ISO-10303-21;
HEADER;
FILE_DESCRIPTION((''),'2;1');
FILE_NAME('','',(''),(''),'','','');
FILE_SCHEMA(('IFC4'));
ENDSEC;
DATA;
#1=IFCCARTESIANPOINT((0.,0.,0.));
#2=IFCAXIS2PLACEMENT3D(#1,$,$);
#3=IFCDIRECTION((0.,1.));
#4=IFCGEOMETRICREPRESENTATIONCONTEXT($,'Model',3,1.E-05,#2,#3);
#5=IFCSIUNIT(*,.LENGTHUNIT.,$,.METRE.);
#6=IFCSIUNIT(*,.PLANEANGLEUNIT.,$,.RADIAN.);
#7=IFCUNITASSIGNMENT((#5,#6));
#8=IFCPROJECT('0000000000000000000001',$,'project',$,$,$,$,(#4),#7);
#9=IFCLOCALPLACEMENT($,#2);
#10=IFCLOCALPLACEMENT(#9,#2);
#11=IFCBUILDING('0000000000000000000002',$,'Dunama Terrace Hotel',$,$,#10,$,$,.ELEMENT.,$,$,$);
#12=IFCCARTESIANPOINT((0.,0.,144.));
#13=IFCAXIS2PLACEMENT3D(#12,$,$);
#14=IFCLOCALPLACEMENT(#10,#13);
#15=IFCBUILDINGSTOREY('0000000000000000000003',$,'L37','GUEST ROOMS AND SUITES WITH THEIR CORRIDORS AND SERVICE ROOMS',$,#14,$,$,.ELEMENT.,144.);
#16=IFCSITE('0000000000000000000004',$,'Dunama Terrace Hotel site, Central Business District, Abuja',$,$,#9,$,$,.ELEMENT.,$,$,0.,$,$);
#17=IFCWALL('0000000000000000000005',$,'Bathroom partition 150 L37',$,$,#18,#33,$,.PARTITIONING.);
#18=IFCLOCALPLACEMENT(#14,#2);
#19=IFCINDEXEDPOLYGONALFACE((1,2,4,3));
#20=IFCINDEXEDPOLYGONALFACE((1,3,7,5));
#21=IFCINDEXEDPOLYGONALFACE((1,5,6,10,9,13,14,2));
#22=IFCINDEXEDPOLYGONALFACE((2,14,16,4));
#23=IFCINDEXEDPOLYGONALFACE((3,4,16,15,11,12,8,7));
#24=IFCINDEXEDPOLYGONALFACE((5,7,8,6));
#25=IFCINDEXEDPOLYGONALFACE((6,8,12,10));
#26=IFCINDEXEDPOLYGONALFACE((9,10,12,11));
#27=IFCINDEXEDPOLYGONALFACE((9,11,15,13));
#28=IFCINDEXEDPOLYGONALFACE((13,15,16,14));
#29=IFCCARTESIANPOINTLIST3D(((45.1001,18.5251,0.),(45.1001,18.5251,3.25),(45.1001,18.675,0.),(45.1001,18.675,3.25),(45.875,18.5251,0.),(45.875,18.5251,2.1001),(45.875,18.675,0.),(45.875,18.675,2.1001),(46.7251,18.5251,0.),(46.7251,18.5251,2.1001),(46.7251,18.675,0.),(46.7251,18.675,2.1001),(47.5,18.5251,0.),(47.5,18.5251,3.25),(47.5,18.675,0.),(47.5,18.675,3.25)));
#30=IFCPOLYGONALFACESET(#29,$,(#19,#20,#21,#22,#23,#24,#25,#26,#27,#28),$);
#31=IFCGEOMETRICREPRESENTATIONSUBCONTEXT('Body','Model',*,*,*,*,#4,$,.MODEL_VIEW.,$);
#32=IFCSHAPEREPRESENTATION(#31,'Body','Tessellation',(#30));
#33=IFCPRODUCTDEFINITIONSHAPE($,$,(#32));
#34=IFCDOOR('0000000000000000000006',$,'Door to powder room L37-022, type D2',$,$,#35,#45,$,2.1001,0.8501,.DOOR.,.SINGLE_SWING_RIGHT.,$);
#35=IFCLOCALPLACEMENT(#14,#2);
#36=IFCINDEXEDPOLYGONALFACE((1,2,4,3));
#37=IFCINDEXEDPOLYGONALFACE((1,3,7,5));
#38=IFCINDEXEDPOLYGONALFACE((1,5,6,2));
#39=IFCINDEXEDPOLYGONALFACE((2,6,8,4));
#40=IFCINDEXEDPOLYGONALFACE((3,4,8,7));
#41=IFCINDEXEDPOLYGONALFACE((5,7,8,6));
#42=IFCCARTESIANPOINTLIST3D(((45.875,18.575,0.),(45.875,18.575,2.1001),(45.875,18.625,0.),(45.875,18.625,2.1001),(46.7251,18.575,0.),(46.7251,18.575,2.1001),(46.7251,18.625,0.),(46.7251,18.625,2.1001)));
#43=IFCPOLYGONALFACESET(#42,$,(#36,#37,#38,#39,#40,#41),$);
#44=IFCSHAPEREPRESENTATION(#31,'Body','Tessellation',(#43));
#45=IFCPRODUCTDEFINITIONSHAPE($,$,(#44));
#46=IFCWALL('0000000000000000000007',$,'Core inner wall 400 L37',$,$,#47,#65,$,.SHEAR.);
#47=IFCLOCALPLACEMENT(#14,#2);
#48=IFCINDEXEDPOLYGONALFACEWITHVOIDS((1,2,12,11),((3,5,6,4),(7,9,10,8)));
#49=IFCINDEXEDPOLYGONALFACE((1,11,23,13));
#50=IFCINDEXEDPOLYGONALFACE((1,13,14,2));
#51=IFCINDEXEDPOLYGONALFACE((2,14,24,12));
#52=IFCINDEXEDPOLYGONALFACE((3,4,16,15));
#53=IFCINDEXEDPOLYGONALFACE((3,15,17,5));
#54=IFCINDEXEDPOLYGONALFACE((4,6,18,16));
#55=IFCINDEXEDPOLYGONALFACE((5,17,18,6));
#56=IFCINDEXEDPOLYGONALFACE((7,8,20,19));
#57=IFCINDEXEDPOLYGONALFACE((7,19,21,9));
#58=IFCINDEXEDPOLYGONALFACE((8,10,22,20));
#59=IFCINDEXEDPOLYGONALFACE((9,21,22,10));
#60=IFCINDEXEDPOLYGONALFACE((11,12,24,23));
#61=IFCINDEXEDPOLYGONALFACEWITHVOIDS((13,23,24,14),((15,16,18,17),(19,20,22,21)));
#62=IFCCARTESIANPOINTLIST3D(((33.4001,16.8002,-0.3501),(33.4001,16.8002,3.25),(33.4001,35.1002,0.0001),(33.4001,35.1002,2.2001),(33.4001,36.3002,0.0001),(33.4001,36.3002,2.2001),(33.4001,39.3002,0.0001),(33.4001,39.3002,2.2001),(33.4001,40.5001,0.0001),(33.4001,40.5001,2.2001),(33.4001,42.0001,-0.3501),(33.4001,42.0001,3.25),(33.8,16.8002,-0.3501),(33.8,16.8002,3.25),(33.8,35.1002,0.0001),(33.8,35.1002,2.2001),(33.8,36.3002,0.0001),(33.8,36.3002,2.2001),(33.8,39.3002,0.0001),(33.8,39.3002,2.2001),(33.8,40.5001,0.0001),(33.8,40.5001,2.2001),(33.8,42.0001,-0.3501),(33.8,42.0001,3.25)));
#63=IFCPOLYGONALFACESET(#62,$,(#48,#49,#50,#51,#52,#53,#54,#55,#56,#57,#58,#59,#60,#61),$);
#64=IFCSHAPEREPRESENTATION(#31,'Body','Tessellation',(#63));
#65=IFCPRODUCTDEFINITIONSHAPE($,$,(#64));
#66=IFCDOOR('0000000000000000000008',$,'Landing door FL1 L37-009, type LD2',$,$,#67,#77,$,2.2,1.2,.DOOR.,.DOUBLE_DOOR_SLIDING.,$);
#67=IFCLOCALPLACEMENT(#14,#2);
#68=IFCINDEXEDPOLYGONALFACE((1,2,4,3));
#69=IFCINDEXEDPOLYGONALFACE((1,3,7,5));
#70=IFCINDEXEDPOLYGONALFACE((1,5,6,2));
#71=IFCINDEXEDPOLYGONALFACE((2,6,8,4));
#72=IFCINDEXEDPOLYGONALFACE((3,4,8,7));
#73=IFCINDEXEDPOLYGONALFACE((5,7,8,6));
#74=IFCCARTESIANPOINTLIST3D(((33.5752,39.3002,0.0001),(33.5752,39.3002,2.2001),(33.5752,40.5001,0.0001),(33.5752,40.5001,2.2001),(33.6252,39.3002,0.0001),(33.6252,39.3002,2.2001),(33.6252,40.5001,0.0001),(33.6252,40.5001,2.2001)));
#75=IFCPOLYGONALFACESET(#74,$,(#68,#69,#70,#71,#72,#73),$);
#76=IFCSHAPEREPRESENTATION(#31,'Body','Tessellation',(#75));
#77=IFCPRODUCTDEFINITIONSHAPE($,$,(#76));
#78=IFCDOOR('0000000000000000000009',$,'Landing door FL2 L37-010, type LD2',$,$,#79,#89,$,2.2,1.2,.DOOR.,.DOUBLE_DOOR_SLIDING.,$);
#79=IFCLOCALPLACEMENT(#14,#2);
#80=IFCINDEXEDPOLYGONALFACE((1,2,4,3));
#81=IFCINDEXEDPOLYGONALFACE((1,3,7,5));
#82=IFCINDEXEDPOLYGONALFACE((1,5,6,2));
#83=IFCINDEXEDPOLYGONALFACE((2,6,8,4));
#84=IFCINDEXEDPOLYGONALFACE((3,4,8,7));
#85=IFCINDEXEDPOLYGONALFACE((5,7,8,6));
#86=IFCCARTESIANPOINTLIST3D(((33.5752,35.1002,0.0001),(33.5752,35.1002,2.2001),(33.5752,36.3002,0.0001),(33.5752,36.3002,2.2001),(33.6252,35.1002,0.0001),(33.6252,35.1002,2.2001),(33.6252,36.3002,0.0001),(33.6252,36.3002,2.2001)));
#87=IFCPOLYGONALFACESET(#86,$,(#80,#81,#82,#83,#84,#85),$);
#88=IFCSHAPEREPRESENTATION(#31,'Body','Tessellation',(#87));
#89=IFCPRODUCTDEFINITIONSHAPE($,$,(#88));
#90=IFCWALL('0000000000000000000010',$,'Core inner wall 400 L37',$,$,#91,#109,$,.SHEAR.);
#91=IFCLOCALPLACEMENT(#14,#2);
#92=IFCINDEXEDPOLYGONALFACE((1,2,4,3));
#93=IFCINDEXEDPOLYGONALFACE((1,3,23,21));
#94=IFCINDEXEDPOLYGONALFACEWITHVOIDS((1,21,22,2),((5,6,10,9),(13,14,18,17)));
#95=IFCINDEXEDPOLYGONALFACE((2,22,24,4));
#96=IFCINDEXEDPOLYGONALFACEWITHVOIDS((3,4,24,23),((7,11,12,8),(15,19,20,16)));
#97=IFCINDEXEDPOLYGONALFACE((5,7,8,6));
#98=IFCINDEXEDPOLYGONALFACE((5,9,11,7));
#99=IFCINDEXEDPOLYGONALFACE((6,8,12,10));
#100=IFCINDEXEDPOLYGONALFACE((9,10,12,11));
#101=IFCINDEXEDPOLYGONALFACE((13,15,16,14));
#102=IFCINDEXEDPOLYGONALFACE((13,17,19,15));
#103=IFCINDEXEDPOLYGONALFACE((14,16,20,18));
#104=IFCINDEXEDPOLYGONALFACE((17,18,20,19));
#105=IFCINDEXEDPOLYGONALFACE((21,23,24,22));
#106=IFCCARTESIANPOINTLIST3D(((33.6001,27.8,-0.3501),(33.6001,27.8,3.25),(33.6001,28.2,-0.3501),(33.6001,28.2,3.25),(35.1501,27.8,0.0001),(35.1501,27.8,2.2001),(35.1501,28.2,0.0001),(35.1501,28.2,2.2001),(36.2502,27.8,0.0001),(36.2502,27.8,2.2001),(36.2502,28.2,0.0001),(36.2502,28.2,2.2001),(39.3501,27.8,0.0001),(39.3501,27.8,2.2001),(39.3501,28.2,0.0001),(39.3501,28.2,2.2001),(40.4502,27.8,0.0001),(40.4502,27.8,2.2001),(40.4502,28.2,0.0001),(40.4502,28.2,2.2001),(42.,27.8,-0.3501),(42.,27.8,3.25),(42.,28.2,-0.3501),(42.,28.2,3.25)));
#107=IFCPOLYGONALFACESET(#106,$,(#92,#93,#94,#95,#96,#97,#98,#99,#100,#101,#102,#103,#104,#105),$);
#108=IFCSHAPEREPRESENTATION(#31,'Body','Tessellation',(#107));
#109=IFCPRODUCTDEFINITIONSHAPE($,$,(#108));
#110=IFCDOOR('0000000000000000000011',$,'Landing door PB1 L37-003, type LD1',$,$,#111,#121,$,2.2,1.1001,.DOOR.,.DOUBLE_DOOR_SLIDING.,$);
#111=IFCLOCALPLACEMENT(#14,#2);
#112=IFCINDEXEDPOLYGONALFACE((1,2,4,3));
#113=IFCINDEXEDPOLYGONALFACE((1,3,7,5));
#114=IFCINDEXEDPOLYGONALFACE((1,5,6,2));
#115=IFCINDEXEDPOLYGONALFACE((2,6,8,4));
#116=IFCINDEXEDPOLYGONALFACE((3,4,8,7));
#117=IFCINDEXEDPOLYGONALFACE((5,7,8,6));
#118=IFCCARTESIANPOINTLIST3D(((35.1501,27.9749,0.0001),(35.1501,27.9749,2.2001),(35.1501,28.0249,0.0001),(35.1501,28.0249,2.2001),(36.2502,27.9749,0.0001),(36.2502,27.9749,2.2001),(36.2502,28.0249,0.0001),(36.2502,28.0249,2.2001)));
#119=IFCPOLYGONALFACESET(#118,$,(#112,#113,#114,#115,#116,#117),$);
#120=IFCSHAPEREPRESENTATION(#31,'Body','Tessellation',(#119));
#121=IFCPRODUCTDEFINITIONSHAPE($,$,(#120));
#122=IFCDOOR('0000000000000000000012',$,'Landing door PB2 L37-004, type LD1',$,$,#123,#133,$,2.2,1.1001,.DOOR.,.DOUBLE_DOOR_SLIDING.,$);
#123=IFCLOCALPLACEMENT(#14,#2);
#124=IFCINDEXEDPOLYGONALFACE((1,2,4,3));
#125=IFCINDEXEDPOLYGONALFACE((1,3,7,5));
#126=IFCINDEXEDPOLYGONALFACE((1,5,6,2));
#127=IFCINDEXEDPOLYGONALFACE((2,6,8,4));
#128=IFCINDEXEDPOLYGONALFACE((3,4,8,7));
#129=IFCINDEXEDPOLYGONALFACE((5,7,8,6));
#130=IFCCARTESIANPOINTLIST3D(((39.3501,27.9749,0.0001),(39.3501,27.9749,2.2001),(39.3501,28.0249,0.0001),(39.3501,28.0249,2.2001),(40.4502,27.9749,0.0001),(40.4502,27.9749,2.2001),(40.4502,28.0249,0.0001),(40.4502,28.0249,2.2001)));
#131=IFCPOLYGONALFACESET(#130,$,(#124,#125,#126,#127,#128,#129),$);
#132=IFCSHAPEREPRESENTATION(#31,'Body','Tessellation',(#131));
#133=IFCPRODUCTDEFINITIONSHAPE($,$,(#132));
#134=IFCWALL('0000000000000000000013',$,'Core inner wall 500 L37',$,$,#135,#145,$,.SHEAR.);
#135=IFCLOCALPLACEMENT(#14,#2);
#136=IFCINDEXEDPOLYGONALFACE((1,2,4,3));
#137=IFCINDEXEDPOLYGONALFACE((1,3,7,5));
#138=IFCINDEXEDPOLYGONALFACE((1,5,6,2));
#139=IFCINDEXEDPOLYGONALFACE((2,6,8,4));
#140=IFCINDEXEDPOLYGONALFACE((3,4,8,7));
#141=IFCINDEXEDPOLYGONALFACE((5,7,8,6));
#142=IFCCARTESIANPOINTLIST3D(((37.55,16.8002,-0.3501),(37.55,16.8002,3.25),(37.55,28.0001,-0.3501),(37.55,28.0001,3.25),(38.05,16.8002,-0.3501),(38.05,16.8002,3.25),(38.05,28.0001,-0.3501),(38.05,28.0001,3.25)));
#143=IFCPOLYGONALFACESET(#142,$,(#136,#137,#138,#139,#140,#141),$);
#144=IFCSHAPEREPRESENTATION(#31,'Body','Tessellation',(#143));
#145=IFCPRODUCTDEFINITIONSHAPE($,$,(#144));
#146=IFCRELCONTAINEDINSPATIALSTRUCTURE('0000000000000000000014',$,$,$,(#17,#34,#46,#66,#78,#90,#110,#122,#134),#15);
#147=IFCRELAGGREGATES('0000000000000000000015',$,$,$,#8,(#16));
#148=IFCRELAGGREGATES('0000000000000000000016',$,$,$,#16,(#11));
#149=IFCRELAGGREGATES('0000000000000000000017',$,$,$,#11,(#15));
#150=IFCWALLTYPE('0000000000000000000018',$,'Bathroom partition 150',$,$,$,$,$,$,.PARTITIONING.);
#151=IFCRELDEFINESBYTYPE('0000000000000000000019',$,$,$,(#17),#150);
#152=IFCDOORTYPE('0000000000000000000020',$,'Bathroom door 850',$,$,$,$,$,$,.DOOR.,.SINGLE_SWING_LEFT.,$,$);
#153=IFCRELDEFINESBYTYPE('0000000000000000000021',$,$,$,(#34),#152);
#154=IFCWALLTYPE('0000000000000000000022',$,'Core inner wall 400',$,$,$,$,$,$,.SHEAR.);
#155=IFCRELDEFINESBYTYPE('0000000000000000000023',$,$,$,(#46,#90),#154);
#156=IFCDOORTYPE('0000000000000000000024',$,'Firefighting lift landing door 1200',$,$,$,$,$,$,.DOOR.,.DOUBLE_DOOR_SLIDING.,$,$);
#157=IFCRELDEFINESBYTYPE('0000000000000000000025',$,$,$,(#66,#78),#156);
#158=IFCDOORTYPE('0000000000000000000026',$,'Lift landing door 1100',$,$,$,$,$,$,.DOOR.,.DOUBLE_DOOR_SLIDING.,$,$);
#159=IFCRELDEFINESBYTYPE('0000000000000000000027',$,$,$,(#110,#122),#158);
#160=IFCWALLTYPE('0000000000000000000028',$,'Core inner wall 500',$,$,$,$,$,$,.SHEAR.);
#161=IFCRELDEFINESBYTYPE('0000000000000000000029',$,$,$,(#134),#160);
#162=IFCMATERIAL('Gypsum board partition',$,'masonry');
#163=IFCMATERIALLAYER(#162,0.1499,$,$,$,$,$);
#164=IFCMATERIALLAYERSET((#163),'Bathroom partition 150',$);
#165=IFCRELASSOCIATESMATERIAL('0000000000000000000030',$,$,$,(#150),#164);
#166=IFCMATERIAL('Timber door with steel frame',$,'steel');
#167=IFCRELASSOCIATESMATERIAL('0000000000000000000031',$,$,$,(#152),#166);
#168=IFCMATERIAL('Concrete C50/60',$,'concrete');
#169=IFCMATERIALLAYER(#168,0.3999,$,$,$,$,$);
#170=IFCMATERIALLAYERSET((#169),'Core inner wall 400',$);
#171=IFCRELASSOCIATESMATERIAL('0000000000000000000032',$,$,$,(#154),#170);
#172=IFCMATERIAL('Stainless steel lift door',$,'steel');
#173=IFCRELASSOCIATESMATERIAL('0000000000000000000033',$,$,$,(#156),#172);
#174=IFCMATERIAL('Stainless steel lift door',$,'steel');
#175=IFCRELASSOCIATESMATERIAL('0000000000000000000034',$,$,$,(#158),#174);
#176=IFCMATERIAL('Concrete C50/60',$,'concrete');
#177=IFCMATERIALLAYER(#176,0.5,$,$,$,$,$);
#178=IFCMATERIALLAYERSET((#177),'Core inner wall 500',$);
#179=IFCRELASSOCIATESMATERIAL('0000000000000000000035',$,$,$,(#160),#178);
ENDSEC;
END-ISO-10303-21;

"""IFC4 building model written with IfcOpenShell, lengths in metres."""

from ifc_helpers import new_model, si_unit, direction, frame, frame_2d, origin, place, context, subcontext, project, spatial, rectangle, extrude, material, layer, layer_set, type_object, element, fill, save


model = new_model("IFC4")

# Units and contexts
model_context = context("Model", 3, precision=1e-05, world=origin(), true_north=direction((0.0, 1.0)))
body_context = subcontext(model_context, "Body", "Model", "MODEL_VIEW")
ifc_project = project(units=[si_unit("LENGTHUNIT", "METRE"), si_unit("PLANEANGLEUNIT", "RADIAN")], contexts=[model_context])

# Site, building, storey
site_placement = place(None, origin())
site = spatial("IfcSite", under=ifc_project, at=site_placement, Name="Dunama Terrace Hotel site, Central Business District, Abuja", CompositionType="ELEMENT", RefElevation=0.0)
building_placement = place(site_placement, origin())
building = spatial("IfcBuilding", under=site, at=building_placement, Name="Dunama Terrace Hotel", CompositionType="ELEMENT")
storey_placement = place(building_placement, frame((0.0, 0.0, 144.0)))
storey = spatial("IfcBuildingStorey", under=building, at=storey_placement, Name="L37", Description="GUEST ROOMS AND SUITES WITH THEIR CORRIDORS AND SERVICE ROOMS", CompositionType="ELEMENT", Elevation=144.0)

# Wall, opening, door
ifc_material_1 = material(Name="Gypsum board partition", Category="masonry")
ifc_layer_1 = layer(ifc_material_1, 0.1499)
ifc_layer_set_1 = layer_set([ifc_layer_1], Name="Bathroom partition 150")
wall_type_1 = type_object("IfcWallType", Name="Bathroom partition 150", PredefinedType="PARTITIONING", material=ifc_layer_set_1)
wall_1_placement = place(storey_placement, frame((45.1001, 18.6001, 0.0), z_axis=(0.0, 0.0, 1.0), x_axis=(1.0, 0.0, 0.0)))
wall_1 = element("IfcWall", 1, at=wall_1_placement, inside=storey, type_object=wall_type_1, Name="Bathroom partition 150 L37", PredefinedType="PARTITIONING", context=body_context, shape_type="SweptSolid", body=[
    extrude(rectangle(XDim=2.3999, YDim=0.1499, at=frame_2d((1.2, 0.0))), origin(), (0.0, 0.0, 1.0), 3.25),
])
opening_1_placement = place(wall_1_placement, frame((0.7749, 0.0, 0.0)))
opening_1 = element("IfcOpeningElement", 2, at=opening_1_placement, cuts=wall_1, PredefinedType="OPENING", context=body_context, shape_type="SweptSolid", body=[
    extrude(rectangle(XDim=0.8501, YDim=2.1001, at=frame_2d((0.425, 1.05))), frame((0.0, 0.085, 0.0), z_axis=(0.0, -1.0, 0.0), x_axis=(1.0, 0.0, 0.0)), (0.0, 0.0, 1.0), 0.1699),
])
ifc_material_2 = material(Name="Timber door with steel frame", Category="steel")
door_type_1 = type_object("IfcDoorType", Name="Bathroom door 850", OperationType="SINGLE_SWING_LEFT", PredefinedType="DOOR", material=ifc_material_2)
door_1_placement = place(opening_1_placement, frame((0.8501, 0.0, 0.0), z_axis=(0.0, 0.0, 1.0), x_axis=(-1.0, 0.0, 0.0)))
door_1 = element("IfcDoor", 3, at=door_1_placement, inside=storey, type_object=door_type_1, Name="Door to powder room L37-022, type D2", OperationType="SINGLE_SWING_RIGHT", OverallHeight=2.1001, OverallWidth=0.8501, PredefinedType="DOOR", context=body_context, shape_type="SweptSolid", body=[
    extrude(rectangle(XDim=0.8501, YDim=2.1001, at=frame_2d((0.425, 1.05))), frame((0.0, 0.0251, 0.0), z_axis=(0.0, -1.0, 0.0), x_axis=(1.0, 0.0, 0.0)), (0.0, 0.0, 1.0), 0.05),
])
fill(opening_1, door_1)

# Walls, openings, doors
ifc_material_3 = material(Name="Concrete C50/60", Category="concrete")
ifc_layer_2 = layer(ifc_material_3, 0.3999)
ifc_layer_set_2 = layer_set([ifc_layer_2], Name="Core inner wall 400")
wall_type_2 = type_object("IfcWallType", Name="Core inner wall 400", PredefinedType="SHEAR", material=ifc_layer_set_2)
wall_2_placement = place(storey_placement, frame((33.6001, 16.8, -0.3501), z_axis=(0.0, 0.0, 1.0), x_axis=(0.0, 1.0, 0.0)))
wall_2 = element("IfcWall", 4, at=wall_2_placement, inside=storey, type_object=wall_type_2, Name="Core inner wall 400 L37", PredefinedType="SHEAR", context=body_context, shape_type="SweptSolid", body=[
    extrude(rectangle(XDim=25.2, YDim=0.3999, at=frame_2d((12.6001, 0.0))), origin(), (0.0, 0.0, 1.0), 3.6001),
])
opening_2_placement = place(wall_2_placement, frame((22.5, 0.0, 0.3501)))
opening_2 = element("IfcOpeningElement", 5, at=opening_2_placement, cuts=wall_2, PredefinedType="OPENING", context=body_context, shape_type="SweptSolid", body=[
    extrude(rectangle(XDim=1.2, YDim=2.2, at=frame_2d((0.6001, 1.1001))), frame((0.0, 0.21, 0.0), z_axis=(0.0, -1.0, 0.0), x_axis=(1.0, 0.0, 0.0)), (0.0, 0.0, 1.0), 0.4199),
])
opening_3_placement = place(wall_2_placement, frame((18.3, 0.0, 0.3501)))
opening_3 = element("IfcOpeningElement", 6, at=opening_3_placement, cuts=wall_2, PredefinedType="OPENING", context=body_context, shape_type="SweptSolid", body=[
    extrude(rectangle(XDim=1.2, YDim=2.2, at=frame_2d((0.6001, 1.1001))), frame((0.0, 0.21, 0.0), z_axis=(0.0, -1.0, 0.0), x_axis=(1.0, 0.0, 0.0)), (0.0, 0.0, 1.0), 0.4199),
])
ifc_material_4 = material(Name="Stainless steel lift door", Category="steel")
door_type_2 = type_object("IfcDoorType", Name="Firefighting lift landing door 1200", OperationType="DOUBLE_DOOR_SLIDING", PredefinedType="DOOR", material=ifc_material_4)
door_2_placement = place(opening_2_placement, origin())
door_2 = element("IfcDoor", 7, at=door_2_placement, inside=storey, type_object=door_type_2, Name="Landing door FL1 L37-009, type LD2", OperationType="DOUBLE_DOOR_SLIDING", OverallHeight=2.2, OverallWidth=1.2, PredefinedType="DOOR", context=body_context, shape_type="SweptSolid", body=[
    extrude(rectangle(XDim=1.2, YDim=2.2, at=frame_2d((0.6001, 1.1001))), frame((0.0, 0.0249, 0.0), z_axis=(0.0, -1.0, 0.0), x_axis=(1.0, 0.0, 0.0)), (0.0, 0.0, 1.0), 0.05),
])
fill(opening_2, door_2)
door_3_placement = place(opening_3_placement, origin())
door_3 = element("IfcDoor", 8, at=door_3_placement, inside=storey, type_object=door_type_2, Name="Landing door FL2 L37-010, type LD2", OperationType="DOUBLE_DOOR_SLIDING", OverallHeight=2.2, OverallWidth=1.2, PredefinedType="DOOR", context=body_context, shape_type="SweptSolid", body=[
    extrude(rectangle(XDim=1.2, YDim=2.2, at=frame_2d((0.6001, 1.1001))), frame((0.0, 0.0249, 0.0), z_axis=(0.0, -1.0, 0.0), x_axis=(1.0, 0.0, 0.0)), (0.0, 0.0, 1.0), 0.05),
])
fill(opening_3, door_3)
wall_3_placement = place(storey_placement, frame((33.6001, 28.0, -0.3501), z_axis=(0.0, 0.0, 1.0), x_axis=(1.0, 0.0, 0.0)))
wall_3 = element("IfcWall", 9, at=wall_3_placement, inside=storey, type_object=wall_type_2, Name="Core inner wall 400 L37", PredefinedType="SHEAR", context=body_context, shape_type="SweptSolid", body=[
    extrude(rectangle(XDim=8.3999, YDim=0.3999, at=frame_2d((4.2, 0.0))), origin(), (0.0, 0.0, 1.0), 3.6001),
])
opening_4_placement = place(wall_3_placement, frame((1.55, 0.0, 0.3501)))
opening_4 = element("IfcOpeningElement", 10, at=opening_4_placement, cuts=wall_3, PredefinedType="OPENING", context=body_context, shape_type="SweptSolid", body=[
    extrude(rectangle(XDim=1.1001, YDim=2.2, at=frame_2d((0.55, 1.1001))), frame((0.0, 0.21, 0.0), z_axis=(0.0, -1.0, 0.0), x_axis=(1.0, 0.0, 0.0)), (0.0, 0.0, 1.0), 0.4199),
])
opening_5_placement = place(wall_3_placement, frame((5.75, 0.0, 0.3501)))
opening_5 = element("IfcOpeningElement", 11, at=opening_5_placement, cuts=wall_3, PredefinedType="OPENING", context=body_context, shape_type="SweptSolid", body=[
    extrude(rectangle(XDim=1.1001, YDim=2.2, at=frame_2d((0.55, 1.1001))), frame((0.0, 0.21, 0.0), z_axis=(0.0, -1.0, 0.0), x_axis=(1.0, 0.0, 0.0)), (0.0, 0.0, 1.0), 0.4199),
])
ifc_material_5 = material(Name="Stainless steel lift door", Category="steel")
door_type_3 = type_object("IfcDoorType", Name="Lift landing door 1100", OperationType="DOUBLE_DOOR_SLIDING", PredefinedType="DOOR", material=ifc_material_5)
door_4_placement = place(opening_4_placement, origin())
door_4 = element("IfcDoor", 12, at=door_4_placement, inside=storey, type_object=door_type_3, Name="Landing door PB1 L37-003, type LD1", OperationType="DOUBLE_DOOR_SLIDING", OverallHeight=2.2, OverallWidth=1.1001, PredefinedType="DOOR", context=body_context, shape_type="SweptSolid", body=[
    extrude(rectangle(XDim=1.1001, YDim=2.2, at=frame_2d((0.55, 1.1001))), frame((0.0, 0.0249, 0.0), z_axis=(0.0, -1.0, 0.0), x_axis=(1.0, 0.0, 0.0)), (0.0, 0.0, 1.0), 0.05),
])
fill(opening_4, door_4)
door_5_placement = place(opening_5_placement, origin())
door_5 = element("IfcDoor", 13, at=door_5_placement, inside=storey, type_object=door_type_3, Name="Landing door PB2 L37-004, type LD1", OperationType="DOUBLE_DOOR_SLIDING", OverallHeight=2.2, OverallWidth=1.1001, PredefinedType="DOOR", context=body_context, shape_type="SweptSolid", body=[
    extrude(rectangle(XDim=1.1001, YDim=2.2, at=frame_2d((0.55, 1.1001))), frame((0.0, 0.0249, 0.0), z_axis=(0.0, -1.0, 0.0), x_axis=(1.0, 0.0, 0.0)), (0.0, 0.0, 1.0), 0.05),
])
fill(opening_5, door_5)

# Wall
ifc_material_6 = material(Name="Concrete C50/60", Category="concrete")
ifc_layer_3 = layer(ifc_material_6, 0.5)
ifc_layer_set_3 = layer_set([ifc_layer_3], Name="Core inner wall 500")
wall_type_3 = type_object("IfcWallType", Name="Core inner wall 500", PredefinedType="SHEAR", material=ifc_layer_set_3)
wall_4_placement = place(storey_placement, frame((37.8, 16.8, -0.3501), z_axis=(0.0, 0.0, 1.0), x_axis=(0.0, 1.0, 0.0)))
element("IfcWall", 14, at=wall_4_placement, inside=storey, type_object=wall_type_3, Name="Core inner wall 500 L37", PredefinedType="SHEAR", context=body_context, shape_type="SweptSolid", body=[
    extrude(rectangle(XDim=11.2, YDim=0.5, at=frame_2d((5.6001, 0.0))), origin(), (0.0, 0.0, 1.0), 3.6001),
])

save(model, "model.ifc")
